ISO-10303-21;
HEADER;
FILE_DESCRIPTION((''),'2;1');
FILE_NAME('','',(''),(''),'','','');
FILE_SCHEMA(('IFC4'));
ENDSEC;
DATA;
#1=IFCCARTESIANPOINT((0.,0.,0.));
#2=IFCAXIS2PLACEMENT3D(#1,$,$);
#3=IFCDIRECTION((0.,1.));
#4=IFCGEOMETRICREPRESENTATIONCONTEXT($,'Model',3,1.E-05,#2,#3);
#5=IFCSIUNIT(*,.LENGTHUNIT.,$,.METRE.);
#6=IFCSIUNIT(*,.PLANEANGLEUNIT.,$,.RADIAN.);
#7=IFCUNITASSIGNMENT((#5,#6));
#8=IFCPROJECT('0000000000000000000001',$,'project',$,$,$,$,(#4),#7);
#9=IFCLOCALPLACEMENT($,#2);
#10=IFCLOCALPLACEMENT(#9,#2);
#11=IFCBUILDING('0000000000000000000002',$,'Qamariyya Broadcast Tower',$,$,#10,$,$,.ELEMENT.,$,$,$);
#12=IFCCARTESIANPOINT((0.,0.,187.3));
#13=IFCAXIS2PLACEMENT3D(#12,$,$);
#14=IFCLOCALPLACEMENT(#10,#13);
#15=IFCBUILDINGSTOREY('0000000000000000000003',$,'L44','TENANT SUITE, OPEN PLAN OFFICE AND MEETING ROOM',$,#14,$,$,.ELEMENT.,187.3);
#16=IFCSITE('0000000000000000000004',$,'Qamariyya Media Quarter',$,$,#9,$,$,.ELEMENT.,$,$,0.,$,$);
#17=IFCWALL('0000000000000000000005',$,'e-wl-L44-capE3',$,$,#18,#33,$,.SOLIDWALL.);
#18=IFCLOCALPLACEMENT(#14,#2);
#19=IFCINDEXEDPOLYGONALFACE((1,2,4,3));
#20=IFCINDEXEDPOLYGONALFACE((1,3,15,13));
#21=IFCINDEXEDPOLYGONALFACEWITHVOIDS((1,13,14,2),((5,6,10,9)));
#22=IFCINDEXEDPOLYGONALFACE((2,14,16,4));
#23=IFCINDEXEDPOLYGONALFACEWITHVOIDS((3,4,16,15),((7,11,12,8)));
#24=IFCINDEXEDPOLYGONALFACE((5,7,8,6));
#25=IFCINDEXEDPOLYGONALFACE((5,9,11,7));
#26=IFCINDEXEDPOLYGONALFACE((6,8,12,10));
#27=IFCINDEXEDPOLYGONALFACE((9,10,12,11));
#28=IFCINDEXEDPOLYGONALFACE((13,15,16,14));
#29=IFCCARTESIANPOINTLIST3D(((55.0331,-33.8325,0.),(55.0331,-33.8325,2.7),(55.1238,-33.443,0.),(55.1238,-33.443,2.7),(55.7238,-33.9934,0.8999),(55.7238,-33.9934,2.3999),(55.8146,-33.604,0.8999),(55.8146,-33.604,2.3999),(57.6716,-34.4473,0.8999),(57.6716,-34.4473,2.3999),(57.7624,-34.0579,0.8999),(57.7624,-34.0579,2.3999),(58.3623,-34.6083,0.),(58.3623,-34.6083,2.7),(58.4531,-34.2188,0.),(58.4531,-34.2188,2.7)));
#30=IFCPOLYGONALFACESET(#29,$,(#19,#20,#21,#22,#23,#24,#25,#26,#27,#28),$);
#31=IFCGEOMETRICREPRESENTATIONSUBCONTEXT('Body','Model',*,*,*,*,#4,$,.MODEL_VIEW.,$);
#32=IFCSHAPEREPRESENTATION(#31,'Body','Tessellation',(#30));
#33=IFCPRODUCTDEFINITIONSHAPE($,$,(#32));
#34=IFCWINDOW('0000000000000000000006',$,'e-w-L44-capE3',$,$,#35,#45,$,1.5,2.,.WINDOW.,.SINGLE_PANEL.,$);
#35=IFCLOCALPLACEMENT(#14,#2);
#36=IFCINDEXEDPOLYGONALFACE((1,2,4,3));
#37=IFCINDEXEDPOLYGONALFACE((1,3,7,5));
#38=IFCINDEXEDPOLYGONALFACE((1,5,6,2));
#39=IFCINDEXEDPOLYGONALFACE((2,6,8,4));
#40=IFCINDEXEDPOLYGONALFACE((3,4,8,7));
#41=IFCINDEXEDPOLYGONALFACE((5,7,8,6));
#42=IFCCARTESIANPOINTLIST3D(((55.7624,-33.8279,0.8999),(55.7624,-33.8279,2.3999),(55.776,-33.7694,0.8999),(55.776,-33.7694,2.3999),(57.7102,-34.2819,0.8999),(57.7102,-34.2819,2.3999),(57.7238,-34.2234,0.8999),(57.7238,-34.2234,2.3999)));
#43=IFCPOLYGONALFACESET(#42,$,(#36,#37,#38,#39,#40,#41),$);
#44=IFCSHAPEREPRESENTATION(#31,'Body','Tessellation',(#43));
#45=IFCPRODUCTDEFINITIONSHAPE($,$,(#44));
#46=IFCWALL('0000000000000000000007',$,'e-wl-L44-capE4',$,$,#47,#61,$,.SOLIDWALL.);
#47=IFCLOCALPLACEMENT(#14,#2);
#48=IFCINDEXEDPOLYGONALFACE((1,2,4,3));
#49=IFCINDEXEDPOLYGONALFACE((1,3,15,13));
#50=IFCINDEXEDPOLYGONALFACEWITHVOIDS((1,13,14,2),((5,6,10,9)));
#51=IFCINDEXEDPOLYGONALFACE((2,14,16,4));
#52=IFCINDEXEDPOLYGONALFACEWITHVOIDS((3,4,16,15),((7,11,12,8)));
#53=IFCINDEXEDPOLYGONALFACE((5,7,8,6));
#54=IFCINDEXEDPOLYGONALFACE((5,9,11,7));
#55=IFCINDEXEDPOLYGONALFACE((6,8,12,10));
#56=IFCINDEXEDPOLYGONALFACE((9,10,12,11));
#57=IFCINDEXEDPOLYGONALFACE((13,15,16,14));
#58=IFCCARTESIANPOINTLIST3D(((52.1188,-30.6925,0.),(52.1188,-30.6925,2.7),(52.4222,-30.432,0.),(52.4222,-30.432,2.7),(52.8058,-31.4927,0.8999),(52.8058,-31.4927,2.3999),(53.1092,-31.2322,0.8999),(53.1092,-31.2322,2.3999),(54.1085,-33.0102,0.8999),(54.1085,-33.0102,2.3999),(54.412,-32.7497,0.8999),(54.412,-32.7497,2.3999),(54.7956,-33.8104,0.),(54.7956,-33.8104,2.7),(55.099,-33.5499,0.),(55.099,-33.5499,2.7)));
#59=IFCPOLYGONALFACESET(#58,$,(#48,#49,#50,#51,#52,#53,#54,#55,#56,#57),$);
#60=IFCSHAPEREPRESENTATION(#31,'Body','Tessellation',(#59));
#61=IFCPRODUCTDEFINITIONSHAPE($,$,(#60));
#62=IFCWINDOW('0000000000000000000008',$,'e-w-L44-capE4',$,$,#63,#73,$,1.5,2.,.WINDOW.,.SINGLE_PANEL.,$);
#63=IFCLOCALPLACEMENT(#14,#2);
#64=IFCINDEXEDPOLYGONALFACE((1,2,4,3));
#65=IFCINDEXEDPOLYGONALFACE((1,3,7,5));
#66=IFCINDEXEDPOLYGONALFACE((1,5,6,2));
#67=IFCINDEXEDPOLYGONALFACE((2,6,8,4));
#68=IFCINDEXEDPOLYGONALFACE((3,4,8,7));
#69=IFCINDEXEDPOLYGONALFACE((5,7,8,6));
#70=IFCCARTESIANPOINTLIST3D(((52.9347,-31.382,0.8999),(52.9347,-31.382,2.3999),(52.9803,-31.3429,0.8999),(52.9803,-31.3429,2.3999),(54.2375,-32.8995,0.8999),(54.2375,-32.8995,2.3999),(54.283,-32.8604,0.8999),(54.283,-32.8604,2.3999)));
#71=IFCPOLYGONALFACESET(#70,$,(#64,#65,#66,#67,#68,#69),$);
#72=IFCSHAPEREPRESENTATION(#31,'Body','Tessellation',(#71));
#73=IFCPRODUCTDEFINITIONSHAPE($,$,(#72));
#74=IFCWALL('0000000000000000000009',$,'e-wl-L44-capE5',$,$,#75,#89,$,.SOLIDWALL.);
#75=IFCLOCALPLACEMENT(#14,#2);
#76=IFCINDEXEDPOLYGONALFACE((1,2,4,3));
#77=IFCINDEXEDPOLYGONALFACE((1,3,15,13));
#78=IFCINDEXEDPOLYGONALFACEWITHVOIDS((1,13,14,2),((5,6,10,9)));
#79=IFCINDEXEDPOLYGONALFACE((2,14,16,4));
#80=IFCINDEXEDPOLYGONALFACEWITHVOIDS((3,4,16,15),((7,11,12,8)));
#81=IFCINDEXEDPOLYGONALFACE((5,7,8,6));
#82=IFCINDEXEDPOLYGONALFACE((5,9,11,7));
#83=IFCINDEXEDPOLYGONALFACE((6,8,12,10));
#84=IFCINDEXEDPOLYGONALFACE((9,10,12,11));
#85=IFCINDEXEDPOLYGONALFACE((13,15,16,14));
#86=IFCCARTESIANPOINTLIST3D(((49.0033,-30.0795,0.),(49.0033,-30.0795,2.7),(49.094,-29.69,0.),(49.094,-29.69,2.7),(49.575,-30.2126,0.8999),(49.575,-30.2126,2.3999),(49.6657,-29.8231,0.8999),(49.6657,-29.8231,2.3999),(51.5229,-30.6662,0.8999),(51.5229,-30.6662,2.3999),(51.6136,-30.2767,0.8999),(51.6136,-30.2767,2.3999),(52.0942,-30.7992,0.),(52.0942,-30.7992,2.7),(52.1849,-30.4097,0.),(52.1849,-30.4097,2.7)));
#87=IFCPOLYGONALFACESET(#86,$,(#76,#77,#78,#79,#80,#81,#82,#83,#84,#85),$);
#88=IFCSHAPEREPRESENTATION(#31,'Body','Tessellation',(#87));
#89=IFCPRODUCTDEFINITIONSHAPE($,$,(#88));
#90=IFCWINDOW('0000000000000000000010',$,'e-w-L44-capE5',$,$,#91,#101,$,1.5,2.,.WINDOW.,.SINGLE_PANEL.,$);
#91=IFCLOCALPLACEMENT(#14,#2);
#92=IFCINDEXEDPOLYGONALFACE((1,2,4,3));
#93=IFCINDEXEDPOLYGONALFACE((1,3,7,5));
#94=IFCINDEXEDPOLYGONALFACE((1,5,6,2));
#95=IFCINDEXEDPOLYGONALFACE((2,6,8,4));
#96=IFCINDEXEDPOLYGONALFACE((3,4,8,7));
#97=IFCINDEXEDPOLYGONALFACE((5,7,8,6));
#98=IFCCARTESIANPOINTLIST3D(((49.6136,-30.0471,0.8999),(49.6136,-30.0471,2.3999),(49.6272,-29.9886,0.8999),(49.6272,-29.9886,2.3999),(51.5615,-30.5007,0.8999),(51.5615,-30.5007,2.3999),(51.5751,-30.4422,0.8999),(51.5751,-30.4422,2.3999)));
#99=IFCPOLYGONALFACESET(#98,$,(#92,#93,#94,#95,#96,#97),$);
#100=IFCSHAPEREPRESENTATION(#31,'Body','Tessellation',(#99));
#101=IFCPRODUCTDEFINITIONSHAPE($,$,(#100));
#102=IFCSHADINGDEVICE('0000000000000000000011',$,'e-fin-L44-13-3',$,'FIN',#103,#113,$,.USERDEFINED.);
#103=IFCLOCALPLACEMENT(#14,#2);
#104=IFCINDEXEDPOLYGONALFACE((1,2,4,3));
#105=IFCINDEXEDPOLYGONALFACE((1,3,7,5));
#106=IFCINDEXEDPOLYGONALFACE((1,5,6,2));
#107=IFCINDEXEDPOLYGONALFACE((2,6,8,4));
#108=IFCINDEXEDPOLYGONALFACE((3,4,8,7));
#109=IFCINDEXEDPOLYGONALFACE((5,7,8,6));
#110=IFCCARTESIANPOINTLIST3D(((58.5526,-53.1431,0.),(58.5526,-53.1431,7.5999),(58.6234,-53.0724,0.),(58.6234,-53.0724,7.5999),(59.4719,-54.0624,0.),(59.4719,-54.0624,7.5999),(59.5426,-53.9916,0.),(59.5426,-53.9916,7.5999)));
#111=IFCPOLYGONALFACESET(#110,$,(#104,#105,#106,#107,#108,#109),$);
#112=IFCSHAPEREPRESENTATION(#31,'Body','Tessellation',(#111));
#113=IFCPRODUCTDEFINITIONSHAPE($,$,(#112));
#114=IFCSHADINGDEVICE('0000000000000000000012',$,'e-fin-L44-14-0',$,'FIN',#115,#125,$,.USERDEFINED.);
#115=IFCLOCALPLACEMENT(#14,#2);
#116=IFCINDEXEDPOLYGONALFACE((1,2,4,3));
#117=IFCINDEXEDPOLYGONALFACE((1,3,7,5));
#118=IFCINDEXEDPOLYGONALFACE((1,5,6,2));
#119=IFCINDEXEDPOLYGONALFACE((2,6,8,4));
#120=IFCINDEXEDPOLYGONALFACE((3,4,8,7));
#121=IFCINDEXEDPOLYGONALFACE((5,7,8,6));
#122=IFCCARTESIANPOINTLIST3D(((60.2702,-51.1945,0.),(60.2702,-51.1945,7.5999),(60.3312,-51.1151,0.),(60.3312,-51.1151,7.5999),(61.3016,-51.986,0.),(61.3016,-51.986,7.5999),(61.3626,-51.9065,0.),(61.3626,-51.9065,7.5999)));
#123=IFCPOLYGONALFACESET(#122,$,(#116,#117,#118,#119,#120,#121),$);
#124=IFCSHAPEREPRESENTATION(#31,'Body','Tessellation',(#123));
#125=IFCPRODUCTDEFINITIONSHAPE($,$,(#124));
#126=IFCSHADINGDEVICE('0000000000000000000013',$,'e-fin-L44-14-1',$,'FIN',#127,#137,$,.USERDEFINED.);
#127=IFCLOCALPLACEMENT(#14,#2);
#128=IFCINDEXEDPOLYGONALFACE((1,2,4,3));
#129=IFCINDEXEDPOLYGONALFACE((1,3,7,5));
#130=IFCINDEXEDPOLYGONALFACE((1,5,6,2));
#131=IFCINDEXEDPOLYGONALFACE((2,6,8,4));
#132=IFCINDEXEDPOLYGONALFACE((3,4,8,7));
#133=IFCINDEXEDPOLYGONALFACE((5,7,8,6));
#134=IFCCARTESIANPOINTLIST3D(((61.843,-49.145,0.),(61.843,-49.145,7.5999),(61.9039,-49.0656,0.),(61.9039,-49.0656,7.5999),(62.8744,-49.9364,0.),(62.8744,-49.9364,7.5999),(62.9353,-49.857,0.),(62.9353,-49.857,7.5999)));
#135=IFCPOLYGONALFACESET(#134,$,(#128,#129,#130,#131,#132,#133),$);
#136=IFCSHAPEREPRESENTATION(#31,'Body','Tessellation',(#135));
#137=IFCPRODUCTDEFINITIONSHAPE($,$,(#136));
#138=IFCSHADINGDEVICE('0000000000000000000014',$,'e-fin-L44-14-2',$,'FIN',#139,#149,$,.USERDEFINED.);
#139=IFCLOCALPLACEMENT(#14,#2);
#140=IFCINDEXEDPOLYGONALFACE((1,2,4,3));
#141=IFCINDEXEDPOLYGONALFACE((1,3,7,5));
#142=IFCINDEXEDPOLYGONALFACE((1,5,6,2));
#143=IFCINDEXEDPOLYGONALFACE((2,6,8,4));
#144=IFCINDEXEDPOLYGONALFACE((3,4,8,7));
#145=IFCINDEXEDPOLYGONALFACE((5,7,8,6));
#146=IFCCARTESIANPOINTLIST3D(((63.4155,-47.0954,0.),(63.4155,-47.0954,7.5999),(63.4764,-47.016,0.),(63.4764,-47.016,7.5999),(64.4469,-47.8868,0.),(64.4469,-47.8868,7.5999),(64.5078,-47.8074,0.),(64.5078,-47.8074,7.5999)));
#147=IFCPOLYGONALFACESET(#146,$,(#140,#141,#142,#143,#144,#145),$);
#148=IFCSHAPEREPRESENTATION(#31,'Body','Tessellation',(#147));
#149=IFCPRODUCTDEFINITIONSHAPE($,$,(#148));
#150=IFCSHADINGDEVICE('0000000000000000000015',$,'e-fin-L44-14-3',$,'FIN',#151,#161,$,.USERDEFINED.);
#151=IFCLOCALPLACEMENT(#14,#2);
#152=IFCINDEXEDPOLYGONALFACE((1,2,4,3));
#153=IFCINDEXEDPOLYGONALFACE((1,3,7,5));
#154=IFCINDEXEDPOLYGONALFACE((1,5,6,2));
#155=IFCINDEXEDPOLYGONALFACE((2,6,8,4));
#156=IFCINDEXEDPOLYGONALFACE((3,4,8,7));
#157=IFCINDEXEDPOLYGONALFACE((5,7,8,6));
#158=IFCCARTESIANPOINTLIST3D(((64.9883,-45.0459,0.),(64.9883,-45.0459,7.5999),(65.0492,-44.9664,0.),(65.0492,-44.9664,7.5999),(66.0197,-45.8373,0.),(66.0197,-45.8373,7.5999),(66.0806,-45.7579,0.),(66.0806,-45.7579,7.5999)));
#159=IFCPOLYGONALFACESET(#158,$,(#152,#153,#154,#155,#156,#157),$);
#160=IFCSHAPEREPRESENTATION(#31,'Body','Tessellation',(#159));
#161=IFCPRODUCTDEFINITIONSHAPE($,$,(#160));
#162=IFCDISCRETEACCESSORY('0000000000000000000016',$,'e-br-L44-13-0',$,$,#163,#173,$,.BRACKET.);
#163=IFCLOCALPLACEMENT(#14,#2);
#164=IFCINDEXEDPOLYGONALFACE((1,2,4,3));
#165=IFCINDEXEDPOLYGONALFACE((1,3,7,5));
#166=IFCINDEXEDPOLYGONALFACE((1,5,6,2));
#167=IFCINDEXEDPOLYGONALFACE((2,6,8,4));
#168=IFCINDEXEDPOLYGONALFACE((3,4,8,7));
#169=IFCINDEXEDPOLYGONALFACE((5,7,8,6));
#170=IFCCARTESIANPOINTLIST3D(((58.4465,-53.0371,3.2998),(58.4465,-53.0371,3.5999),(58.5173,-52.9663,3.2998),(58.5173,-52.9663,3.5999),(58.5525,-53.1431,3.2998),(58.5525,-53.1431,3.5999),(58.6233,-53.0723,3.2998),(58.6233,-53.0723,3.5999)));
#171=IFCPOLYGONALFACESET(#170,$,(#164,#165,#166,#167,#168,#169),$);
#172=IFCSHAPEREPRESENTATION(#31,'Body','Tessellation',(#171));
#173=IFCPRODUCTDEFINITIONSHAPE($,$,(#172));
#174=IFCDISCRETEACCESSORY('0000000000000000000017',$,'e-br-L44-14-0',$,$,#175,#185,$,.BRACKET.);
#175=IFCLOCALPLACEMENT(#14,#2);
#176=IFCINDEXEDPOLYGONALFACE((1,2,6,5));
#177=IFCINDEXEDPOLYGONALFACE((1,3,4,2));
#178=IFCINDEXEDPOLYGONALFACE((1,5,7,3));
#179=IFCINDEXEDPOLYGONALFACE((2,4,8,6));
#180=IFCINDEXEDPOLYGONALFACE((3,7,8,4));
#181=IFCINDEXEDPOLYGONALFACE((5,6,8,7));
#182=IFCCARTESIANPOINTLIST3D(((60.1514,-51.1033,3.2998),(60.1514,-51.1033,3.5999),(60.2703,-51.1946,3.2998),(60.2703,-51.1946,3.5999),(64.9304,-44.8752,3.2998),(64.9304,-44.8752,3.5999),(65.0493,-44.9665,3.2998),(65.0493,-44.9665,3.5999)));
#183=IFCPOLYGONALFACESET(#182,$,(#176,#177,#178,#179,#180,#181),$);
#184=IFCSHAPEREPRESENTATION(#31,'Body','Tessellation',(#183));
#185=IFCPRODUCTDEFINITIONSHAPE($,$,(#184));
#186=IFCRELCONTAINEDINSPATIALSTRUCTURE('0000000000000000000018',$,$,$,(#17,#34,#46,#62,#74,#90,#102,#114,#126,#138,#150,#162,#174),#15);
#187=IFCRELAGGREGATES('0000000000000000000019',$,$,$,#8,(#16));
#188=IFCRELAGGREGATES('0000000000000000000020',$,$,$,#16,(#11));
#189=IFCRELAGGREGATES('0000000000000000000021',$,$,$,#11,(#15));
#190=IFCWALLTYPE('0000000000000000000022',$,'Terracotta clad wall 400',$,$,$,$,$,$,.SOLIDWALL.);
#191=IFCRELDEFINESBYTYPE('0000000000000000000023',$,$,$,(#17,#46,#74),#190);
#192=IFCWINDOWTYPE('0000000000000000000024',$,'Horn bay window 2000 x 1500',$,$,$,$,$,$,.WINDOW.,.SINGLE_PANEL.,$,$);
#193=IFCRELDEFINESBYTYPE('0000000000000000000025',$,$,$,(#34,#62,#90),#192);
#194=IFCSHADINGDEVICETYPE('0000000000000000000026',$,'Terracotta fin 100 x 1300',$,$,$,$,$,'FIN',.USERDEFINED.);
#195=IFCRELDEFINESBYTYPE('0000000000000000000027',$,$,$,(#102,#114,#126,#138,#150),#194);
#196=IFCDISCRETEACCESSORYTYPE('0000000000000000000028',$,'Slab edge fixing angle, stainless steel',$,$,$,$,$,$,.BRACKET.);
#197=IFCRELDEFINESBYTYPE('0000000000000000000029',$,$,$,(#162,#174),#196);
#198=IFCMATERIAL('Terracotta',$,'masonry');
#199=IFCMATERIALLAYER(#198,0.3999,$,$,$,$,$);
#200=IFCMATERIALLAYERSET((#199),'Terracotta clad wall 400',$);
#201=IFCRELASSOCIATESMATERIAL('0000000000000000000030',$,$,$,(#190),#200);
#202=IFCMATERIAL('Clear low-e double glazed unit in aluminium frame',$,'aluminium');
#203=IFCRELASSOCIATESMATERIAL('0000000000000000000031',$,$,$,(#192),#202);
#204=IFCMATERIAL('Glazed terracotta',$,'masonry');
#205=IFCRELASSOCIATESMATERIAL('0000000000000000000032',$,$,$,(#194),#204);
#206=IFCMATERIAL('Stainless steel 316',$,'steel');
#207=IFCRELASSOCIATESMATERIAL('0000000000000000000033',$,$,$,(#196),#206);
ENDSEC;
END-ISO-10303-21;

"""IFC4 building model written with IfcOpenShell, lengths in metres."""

from ifc_helpers import new_model, si_unit, direction, frame, frame_2d, origin, origin_2d, place, context, subcontext, project, spatial, rectangle, extrude, material, layer, layer_set, material_profile, profile_set, type_object, element, fill, save


model = new_model("IFC4")

# Units and contexts
model_context = context("Model", 3, precision=1e-05, world=origin(), true_north=direction((0.0, 1.0)))
body_context = subcontext(model_context, "Body", "Model", "MODEL_VIEW")
ifc_project = project(units=[si_unit("LENGTHUNIT", "METRE"), si_unit("PLANEANGLEUNIT", "RADIAN")], contexts=[model_context])

# Site, building, storey
site_placement = place(None, origin())
site = spatial("IfcSite", under=ifc_project, at=site_placement, Name="Qamariyya Media Quarter", CompositionType="ELEMENT", RefElevation=0.0)
building_placement = place(site_placement, origin())
building = spatial("IfcBuilding", under=site, at=building_placement, Name="Qamariyya Broadcast Tower", CompositionType="ELEMENT")
storey_placement = place(building_placement, frame((0.0, 0.0, 187.3)))
storey = spatial("IfcBuildingStorey", under=building, at=storey_placement, Name="L44", Description="TENANT SUITE, OPEN PLAN OFFICE AND MEETING ROOM", CompositionType="ELEMENT", Elevation=187.3)

# Walls, openings, windows
ifc_material_1 = material(Name="Terracotta", Category="masonry")
ifc_layer = layer(ifc_material_1, 0.3999)
ifc_layer_set = layer_set([ifc_layer], Name="Terracotta clad wall 400")
wall_type = type_object("IfcWallType", Name="Terracotta clad wall 400", PredefinedType="SOLIDWALL", material=ifc_layer_set)
ifc_material_2 = material(Name="Clear low-e double glazed unit in aluminium frame", Category="aluminium")
window_type = type_object("IfcWindowType", Name="Horn bay window 2000 x 1500", PartitioningType="SINGLE_PANEL", PredefinedType="WINDOW", material=ifc_material_2)
wall_1_placement = place(storey_placement, frame((58.4077, -34.4136, 0.0), z_axis=(0.0, 0.0, 1.0), x_axis=(-0.973904, 0.226961, 0.0)))
wall_1 = element("IfcWall", 1, at=wall_1_placement, inside=storey, type_object=wall_type, Name="e-wl-L44-capE3", PredefinedType="SOLIDWALL", context=body_context, shape_type="SweptSolid", body=[
    extrude(rectangle(XDim=3.4185, YDim=0.3999, at=frame_2d((1.7092, 0.0))), origin(), (0.0, 0.0, 1.0), 2.7),
])
opening_1_placement = place(wall_1_placement, frame((0.7092, 0.0, 0.8999)))
opening_1 = element("IfcOpeningElement", 2, at=opening_1_placement, cuts=wall_1, PredefinedType="OPENING", context=body_context, shape_type="SweptSolid", body=[
    extrude(rectangle(XDim=2.0, YDim=1.5, at=frame_2d((1.0, 0.75))), frame((0.0, 0.21, 0.0), z_axis=(0.0, -1.0, 0.0), x_axis=(1.0, 0.0, 0.0)), (0.0, 0.0, 1.0), 0.4199),
])
window_1_placement = place(opening_1_placement, origin())
window_1 = element("IfcWindow", 3, at=window_1_placement, inside=storey, type_object=window_type, Name="e-w-L44-capE3", OverallHeight=1.5, OverallWidth=2.0, PartitioningType="SINGLE_PANEL", PredefinedType="WINDOW", context=body_context, shape_type="SweptSolid", body=[
    extrude(rectangle(XDim=2.0, YDim=1.5, at=frame_2d((1.0, 0.75))), frame((0.0, 0.03, 0.0), z_axis=(0.0, -1.0, 0.0), x_axis=(1.0, 0.0, 0.0)), (0.0, 0.0, 1.0), 0.0601),
])
fill(opening_1, window_1)
wall_2_placement = place(storey_placement, frame((54.9473, -33.6802, 0.0), z_axis=(0.0, 0.0, 1.0), x_axis=(-0.651388, 0.758745, 0.0)))
wall_2 = element("IfcWall", 4, at=wall_2_placement, inside=storey, type_object=wall_type, Name="e-wl-L44-capE4", PredefinedType="SOLIDWALL", context=body_context, shape_type="SweptSolid", body=[
    extrude(rectangle(XDim=4.1094, YDim=0.3999, at=frame_2d((2.0547, 0.0))), origin(), (0.0, 0.0, 1.0), 2.7),
])
opening_2_placement = place(wall_2_placement, frame((1.0547, 0.0, 0.8999)))
opening_2 = element("IfcOpeningElement", 5, at=opening_2_placement, cuts=wall_2, PredefinedType="OPENING", context=body_context, shape_type="SweptSolid", body=[
    extrude(rectangle(XDim=2.0, YDim=1.5, at=frame_2d((1.0, 0.75))), frame((0.0, 0.21, 0.0), z_axis=(0.0, -1.0, 0.0), x_axis=(1.0, 0.0, 0.0)), (0.0, 0.0, 1.0), 0.4199),
])
window_2_placement = place(opening_2_placement, origin())
window_2 = element("IfcWindow", 6, at=window_2_placement, inside=storey, type_object=window_type, Name="e-w-L44-capE4", OverallHeight=1.5, OverallWidth=2.0, PartitioningType="SINGLE_PANEL", PredefinedType="WINDOW", context=body_context, shape_type="SweptSolid", body=[
    extrude(rectangle(XDim=2.0, YDim=1.5, at=frame_2d((1.0, 0.75))), frame((0.0, 0.03, 0.0), z_axis=(0.0, -1.0, 0.0), x_axis=(1.0, 0.0, 0.0)), (0.0, 0.0, 1.0), 0.0601),
])
fill(opening_2, window_2)
wall_3_placement = place(storey_placement, frame((52.1396, -30.6045, 0.0), z_axis=(0.0, 0.0, 1.0), x_axis=(-0.973943, 0.226792, 0.0)))
wall_3 = element("IfcWall", 7, at=wall_3_placement, inside=storey, type_object=wall_type, Name="e-wl-L44-capE5", PredefinedType="SOLIDWALL", context=body_context, shape_type="SweptSolid", body=[
    extrude(rectangle(XDim=3.1736, YDim=0.3999, at=frame_2d((1.5869, 0.0))), origin(), (0.0, 0.0, 1.0), 2.7),
])
opening_3_placement = place(wall_3_placement, frame((0.5867, 0.0, 0.8999)))
opening_3 = element("IfcOpeningElement", 8, at=opening_3_placement, cuts=wall_3, PredefinedType="OPENING", context=body_context, shape_type="SweptSolid", body=[
    extrude(rectangle(XDim=2.0, YDim=1.5, at=frame_2d((1.0, 0.75))), frame((0.0, 0.21, 0.0), z_axis=(0.0, -1.0, 0.0), x_axis=(1.0, 0.0, 0.0)), (0.0, 0.0, 1.0), 0.4199),
])
window_3_placement = place(opening_3_placement, origin())
window_3 = element("IfcWindow", 9, at=window_3_placement, inside=storey, type_object=window_type, Name="e-w-L44-capE5", OverallHeight=1.5, OverallWidth=2.0, PartitioningType="SINGLE_PANEL", PredefinedType="WINDOW", context=body_context, shape_type="SweptSolid", body=[
    extrude(rectangle(XDim=2.0, YDim=1.5, at=frame_2d((1.0, 0.75))), frame((0.0, 0.03, 0.0), z_axis=(0.0, -1.0, 0.0), x_axis=(1.0, 0.0, 0.0)), (0.0, 0.0, 1.0), 0.0601),
])
fill(opening_3, window_3)

# Shading devices
ifc_material_3 = material(Name="Glazed terracotta", Category="masonry")
ifc_material_profile_1 = material_profile(ifc_material_3, rectangle(XDim=1.3, YDim=0.1001, at=origin_2d()))
ifc_profile_set_1 = profile_set([ifc_material_profile_1], Name="Glazed terracotta")
shading_device_type = type_object("IfcShadingDeviceType", Name="Terracotta fin 100 x 1300", ElementType="FIN", PredefinedType="USERDEFINED", material=ifc_profile_set_1)
for number, where, z_axis, x_axis, name in (
    (10, (59.0476, -53.5674, 0.0), (0.0, 0.0, 1.0), (0.707107, -0.707107, 0.0), "e-fin-L44-13-3"),
    (11, (60.8164, -51.5505, 0.0), (0.0, 0.0, 1.0), (0.793353, -0.608761, 0.0), "e-fin-L44-14-0"),
    (12, (62.3892, -49.501, 0.0), (0.0, 0.0, 1.0), (0.793353, -0.608761, 0.0), "e-fin-L44-14-1"),
    (13, (63.9617, -47.4514, 0.0), (0.0, 0.0, 1.0), (0.793353, -0.608761, 0.0), "e-fin-L44-14-2"),
    (14, (65.5344, -45.4019, 0.0), (0.0, 0.0, 1.0), (0.793353, -0.608761, 0.0), "e-fin-L44-14-3"),
):
    element("IfcShadingDevice", number, at=place(storey_placement, frame(where, z_axis=z_axis, x_axis=x_axis)), inside=storey, type_object=shading_device_type, Name=name, ObjectType="FIN", PredefinedType="USERDEFINED", context=body_context, shape_type="SweptSolid", body=[
        extrude(rectangle(XDim=1.3, YDim=0.1001, at=origin_2d()), origin(), (0.0, 0.0, 1.0), 7.5999),
    ])

# Discrete accessories
ifc_material_4 = material(Name="Stainless steel 316", Category="steel")
discrete_accessory_type = type_object("IfcDiscreteAccessoryType", Name="Slab edge fixing angle, stainless steel", PredefinedType="BRACKET", material=ifc_material_4)
discrete_accessory_1_placement = place(storey_placement, frame((58.5349, -53.0547, 3.2998), z_axis=(0.0, 0.0, 1.0), x_axis=(0.707107, 0.707107, 0.0)))
element("IfcDiscreteAccessory", 15, at=discrete_accessory_1_placement, inside=storey, type_object=discrete_accessory_type, Name="e-br-L44-13-0", PredefinedType="BRACKET", context=body_context, shape_type="SweptSolid", body=[
    extrude(rectangle(XDim=0.1001, YDim=0.1499, at=origin_2d()), origin(), (0.0, 0.0, 1.0), 0.3),
])
discrete_accessory_2_placement = place(storey_placement, frame((62.6003, -48.0349, 3.2998), z_axis=(0.0, 0.0, 1.0), x_axis=(0.608761, 0.793353, 0.0)))
element("IfcDiscreteAccessory", 16, at=discrete_accessory_2_placement, inside=storey, type_object=discrete_accessory_type, Name="e-br-L44-14-0", PredefinedType="BRACKET", context=body_context, shape_type="SweptSolid", body=[
    extrude(rectangle(XDim=7.8503, YDim=0.1499, at=origin_2d()), origin(), (0.0, 0.0, 1.0), 0.3),
])

save(model, "model.ifc")
